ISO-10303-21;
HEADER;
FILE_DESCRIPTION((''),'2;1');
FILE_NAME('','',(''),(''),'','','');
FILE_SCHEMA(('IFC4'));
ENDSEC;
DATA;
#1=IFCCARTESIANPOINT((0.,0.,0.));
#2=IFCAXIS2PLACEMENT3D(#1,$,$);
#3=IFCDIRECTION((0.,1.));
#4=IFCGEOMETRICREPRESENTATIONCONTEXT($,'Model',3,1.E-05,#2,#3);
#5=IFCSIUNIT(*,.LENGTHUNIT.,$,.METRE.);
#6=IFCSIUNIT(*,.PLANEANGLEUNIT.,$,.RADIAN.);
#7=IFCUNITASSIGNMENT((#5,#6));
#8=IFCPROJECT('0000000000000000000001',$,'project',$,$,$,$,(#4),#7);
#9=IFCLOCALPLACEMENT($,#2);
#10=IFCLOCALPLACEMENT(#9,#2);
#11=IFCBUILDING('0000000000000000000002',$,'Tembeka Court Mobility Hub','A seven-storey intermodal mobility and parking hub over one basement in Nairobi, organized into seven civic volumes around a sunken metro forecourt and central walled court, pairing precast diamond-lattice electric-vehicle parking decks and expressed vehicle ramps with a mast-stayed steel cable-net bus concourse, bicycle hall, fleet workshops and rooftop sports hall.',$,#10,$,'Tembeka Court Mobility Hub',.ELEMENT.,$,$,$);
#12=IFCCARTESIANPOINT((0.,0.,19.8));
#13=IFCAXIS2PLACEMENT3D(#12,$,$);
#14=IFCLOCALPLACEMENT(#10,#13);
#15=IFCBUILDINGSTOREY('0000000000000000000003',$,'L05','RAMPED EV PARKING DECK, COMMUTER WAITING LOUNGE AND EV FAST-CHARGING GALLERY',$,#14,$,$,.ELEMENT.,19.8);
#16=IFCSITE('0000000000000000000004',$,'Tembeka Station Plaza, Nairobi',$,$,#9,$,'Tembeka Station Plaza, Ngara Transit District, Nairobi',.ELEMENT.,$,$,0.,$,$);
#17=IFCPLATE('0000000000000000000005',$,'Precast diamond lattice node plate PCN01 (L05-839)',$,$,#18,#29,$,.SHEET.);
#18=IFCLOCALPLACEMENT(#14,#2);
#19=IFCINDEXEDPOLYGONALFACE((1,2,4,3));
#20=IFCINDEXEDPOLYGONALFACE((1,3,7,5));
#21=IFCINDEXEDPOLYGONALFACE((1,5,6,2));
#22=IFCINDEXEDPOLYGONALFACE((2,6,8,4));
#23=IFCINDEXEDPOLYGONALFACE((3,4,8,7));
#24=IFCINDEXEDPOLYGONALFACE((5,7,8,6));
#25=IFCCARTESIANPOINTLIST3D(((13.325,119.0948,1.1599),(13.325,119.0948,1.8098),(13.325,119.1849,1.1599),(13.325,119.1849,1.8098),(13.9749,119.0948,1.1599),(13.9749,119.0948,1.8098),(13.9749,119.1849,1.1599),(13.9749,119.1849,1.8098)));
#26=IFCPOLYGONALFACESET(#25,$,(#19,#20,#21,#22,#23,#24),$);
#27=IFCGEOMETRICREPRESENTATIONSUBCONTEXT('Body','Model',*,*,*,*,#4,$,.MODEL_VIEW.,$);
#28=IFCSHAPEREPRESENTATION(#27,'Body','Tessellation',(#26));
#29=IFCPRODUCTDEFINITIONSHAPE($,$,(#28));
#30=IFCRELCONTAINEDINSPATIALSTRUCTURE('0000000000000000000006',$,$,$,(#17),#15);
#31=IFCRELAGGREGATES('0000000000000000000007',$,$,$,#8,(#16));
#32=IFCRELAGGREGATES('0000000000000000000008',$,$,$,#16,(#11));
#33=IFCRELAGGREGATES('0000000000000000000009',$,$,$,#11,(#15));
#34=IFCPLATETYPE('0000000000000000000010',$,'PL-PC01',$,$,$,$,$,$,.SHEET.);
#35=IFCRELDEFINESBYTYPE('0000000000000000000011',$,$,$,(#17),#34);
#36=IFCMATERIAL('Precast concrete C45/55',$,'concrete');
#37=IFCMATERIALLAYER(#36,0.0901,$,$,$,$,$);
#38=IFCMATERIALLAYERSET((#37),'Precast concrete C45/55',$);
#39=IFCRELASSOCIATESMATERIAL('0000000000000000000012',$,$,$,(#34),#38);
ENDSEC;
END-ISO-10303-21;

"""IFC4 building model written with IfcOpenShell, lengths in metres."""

from ifc_helpers import new_model, si_unit, direction, frame, origin, origin_2d, place, context, subcontext, project, spatial, rectangle, extrude, material, layer, layer_set, type_object, element, save


model = new_model("IFC4")

# Units and contexts
model_context = context("Model", 3, precision=1e-05, world=origin(), true_north=direction((0.0, 1.0)))
body_context = subcontext(model_context, "Body", "Model", "MODEL_VIEW")
ifc_project = project(units=[si_unit("LENGTHUNIT", "METRE"), si_unit("PLANEANGLEUNIT", "RADIAN")], contexts=[model_context])

# Site, building, storey
site_placement = place(None, origin())
site = spatial("IfcSite", under=ifc_project, at=site_placement, Name="Tembeka Station Plaza, Nairobi", LongName="Tembeka Station Plaza, Ngara Transit District, Nairobi", CompositionType="ELEMENT", RefElevation=0.0)
building_placement = place(site_placement, origin())
building = spatial("IfcBuilding", under=site, at=building_placement, Name="Tembeka Court Mobility Hub", Description="A seven-storey intermodal mobility and parking hub over one basement in Nairobi, organized into seven civic volumes around a sunken metro forecourt and central walled court, pairing precast diamond-lattice electric-vehicle parking decks and expressed vehicle ramps with a mast-stayed steel cable-net bus concourse, bicycle hall, fleet workshops and rooftop sports hall.", LongName="Tembeka Court Mobility Hub", CompositionType="ELEMENT")
storey_placement = place(building_placement, frame((0.0, 0.0, 19.8)))
storey = spatial("IfcBuildingStorey", under=building, at=storey_placement, Name="L05", Description="RAMPED EV PARKING DECK, COMMUTER WAITING LOUNGE AND EV FAST-CHARGING GALLERY", CompositionType="ELEMENT", Elevation=19.8)

# Shared definitions
ifc_material_1 = material(Name="Precast concrete C45/55", Category="concrete")

# Plate
ifc_layer_1 = layer(ifc_material_1, 0.0901)
ifc_layer_set_1 = layer_set([ifc_layer_1], Name="Precast concrete C45/55")
plate_type_1 = type_object("IfcPlateType", Name="PL-PC01", PredefinedType="SHEET", material=ifc_layer_set_1)
for number, where, z_axis, x_axis, name in (
    (1, (13.6499, 119.1399, 1.1599), (0.0, 0.0, 1.0), (1.0, 0.0, 0.0), "Precast diamond lattice node plate PCN01 (L05-839)"),
):
    element("IfcPlate", number, at=place(storey_placement, frame(where, z_axis=z_axis, x_axis=x_axis)), inside=storey, type_object=plate_type_1, Name=name, PredefinedType="SHEET", context=body_context, shape_type="SweptSolid", body=[
        extrude(rectangle(XDim=0.6499, YDim=0.0901, at=origin_2d()), origin(), (0.0, 0.0, 1.0), 0.6499),
    ])

save(model, "model.ifc")
